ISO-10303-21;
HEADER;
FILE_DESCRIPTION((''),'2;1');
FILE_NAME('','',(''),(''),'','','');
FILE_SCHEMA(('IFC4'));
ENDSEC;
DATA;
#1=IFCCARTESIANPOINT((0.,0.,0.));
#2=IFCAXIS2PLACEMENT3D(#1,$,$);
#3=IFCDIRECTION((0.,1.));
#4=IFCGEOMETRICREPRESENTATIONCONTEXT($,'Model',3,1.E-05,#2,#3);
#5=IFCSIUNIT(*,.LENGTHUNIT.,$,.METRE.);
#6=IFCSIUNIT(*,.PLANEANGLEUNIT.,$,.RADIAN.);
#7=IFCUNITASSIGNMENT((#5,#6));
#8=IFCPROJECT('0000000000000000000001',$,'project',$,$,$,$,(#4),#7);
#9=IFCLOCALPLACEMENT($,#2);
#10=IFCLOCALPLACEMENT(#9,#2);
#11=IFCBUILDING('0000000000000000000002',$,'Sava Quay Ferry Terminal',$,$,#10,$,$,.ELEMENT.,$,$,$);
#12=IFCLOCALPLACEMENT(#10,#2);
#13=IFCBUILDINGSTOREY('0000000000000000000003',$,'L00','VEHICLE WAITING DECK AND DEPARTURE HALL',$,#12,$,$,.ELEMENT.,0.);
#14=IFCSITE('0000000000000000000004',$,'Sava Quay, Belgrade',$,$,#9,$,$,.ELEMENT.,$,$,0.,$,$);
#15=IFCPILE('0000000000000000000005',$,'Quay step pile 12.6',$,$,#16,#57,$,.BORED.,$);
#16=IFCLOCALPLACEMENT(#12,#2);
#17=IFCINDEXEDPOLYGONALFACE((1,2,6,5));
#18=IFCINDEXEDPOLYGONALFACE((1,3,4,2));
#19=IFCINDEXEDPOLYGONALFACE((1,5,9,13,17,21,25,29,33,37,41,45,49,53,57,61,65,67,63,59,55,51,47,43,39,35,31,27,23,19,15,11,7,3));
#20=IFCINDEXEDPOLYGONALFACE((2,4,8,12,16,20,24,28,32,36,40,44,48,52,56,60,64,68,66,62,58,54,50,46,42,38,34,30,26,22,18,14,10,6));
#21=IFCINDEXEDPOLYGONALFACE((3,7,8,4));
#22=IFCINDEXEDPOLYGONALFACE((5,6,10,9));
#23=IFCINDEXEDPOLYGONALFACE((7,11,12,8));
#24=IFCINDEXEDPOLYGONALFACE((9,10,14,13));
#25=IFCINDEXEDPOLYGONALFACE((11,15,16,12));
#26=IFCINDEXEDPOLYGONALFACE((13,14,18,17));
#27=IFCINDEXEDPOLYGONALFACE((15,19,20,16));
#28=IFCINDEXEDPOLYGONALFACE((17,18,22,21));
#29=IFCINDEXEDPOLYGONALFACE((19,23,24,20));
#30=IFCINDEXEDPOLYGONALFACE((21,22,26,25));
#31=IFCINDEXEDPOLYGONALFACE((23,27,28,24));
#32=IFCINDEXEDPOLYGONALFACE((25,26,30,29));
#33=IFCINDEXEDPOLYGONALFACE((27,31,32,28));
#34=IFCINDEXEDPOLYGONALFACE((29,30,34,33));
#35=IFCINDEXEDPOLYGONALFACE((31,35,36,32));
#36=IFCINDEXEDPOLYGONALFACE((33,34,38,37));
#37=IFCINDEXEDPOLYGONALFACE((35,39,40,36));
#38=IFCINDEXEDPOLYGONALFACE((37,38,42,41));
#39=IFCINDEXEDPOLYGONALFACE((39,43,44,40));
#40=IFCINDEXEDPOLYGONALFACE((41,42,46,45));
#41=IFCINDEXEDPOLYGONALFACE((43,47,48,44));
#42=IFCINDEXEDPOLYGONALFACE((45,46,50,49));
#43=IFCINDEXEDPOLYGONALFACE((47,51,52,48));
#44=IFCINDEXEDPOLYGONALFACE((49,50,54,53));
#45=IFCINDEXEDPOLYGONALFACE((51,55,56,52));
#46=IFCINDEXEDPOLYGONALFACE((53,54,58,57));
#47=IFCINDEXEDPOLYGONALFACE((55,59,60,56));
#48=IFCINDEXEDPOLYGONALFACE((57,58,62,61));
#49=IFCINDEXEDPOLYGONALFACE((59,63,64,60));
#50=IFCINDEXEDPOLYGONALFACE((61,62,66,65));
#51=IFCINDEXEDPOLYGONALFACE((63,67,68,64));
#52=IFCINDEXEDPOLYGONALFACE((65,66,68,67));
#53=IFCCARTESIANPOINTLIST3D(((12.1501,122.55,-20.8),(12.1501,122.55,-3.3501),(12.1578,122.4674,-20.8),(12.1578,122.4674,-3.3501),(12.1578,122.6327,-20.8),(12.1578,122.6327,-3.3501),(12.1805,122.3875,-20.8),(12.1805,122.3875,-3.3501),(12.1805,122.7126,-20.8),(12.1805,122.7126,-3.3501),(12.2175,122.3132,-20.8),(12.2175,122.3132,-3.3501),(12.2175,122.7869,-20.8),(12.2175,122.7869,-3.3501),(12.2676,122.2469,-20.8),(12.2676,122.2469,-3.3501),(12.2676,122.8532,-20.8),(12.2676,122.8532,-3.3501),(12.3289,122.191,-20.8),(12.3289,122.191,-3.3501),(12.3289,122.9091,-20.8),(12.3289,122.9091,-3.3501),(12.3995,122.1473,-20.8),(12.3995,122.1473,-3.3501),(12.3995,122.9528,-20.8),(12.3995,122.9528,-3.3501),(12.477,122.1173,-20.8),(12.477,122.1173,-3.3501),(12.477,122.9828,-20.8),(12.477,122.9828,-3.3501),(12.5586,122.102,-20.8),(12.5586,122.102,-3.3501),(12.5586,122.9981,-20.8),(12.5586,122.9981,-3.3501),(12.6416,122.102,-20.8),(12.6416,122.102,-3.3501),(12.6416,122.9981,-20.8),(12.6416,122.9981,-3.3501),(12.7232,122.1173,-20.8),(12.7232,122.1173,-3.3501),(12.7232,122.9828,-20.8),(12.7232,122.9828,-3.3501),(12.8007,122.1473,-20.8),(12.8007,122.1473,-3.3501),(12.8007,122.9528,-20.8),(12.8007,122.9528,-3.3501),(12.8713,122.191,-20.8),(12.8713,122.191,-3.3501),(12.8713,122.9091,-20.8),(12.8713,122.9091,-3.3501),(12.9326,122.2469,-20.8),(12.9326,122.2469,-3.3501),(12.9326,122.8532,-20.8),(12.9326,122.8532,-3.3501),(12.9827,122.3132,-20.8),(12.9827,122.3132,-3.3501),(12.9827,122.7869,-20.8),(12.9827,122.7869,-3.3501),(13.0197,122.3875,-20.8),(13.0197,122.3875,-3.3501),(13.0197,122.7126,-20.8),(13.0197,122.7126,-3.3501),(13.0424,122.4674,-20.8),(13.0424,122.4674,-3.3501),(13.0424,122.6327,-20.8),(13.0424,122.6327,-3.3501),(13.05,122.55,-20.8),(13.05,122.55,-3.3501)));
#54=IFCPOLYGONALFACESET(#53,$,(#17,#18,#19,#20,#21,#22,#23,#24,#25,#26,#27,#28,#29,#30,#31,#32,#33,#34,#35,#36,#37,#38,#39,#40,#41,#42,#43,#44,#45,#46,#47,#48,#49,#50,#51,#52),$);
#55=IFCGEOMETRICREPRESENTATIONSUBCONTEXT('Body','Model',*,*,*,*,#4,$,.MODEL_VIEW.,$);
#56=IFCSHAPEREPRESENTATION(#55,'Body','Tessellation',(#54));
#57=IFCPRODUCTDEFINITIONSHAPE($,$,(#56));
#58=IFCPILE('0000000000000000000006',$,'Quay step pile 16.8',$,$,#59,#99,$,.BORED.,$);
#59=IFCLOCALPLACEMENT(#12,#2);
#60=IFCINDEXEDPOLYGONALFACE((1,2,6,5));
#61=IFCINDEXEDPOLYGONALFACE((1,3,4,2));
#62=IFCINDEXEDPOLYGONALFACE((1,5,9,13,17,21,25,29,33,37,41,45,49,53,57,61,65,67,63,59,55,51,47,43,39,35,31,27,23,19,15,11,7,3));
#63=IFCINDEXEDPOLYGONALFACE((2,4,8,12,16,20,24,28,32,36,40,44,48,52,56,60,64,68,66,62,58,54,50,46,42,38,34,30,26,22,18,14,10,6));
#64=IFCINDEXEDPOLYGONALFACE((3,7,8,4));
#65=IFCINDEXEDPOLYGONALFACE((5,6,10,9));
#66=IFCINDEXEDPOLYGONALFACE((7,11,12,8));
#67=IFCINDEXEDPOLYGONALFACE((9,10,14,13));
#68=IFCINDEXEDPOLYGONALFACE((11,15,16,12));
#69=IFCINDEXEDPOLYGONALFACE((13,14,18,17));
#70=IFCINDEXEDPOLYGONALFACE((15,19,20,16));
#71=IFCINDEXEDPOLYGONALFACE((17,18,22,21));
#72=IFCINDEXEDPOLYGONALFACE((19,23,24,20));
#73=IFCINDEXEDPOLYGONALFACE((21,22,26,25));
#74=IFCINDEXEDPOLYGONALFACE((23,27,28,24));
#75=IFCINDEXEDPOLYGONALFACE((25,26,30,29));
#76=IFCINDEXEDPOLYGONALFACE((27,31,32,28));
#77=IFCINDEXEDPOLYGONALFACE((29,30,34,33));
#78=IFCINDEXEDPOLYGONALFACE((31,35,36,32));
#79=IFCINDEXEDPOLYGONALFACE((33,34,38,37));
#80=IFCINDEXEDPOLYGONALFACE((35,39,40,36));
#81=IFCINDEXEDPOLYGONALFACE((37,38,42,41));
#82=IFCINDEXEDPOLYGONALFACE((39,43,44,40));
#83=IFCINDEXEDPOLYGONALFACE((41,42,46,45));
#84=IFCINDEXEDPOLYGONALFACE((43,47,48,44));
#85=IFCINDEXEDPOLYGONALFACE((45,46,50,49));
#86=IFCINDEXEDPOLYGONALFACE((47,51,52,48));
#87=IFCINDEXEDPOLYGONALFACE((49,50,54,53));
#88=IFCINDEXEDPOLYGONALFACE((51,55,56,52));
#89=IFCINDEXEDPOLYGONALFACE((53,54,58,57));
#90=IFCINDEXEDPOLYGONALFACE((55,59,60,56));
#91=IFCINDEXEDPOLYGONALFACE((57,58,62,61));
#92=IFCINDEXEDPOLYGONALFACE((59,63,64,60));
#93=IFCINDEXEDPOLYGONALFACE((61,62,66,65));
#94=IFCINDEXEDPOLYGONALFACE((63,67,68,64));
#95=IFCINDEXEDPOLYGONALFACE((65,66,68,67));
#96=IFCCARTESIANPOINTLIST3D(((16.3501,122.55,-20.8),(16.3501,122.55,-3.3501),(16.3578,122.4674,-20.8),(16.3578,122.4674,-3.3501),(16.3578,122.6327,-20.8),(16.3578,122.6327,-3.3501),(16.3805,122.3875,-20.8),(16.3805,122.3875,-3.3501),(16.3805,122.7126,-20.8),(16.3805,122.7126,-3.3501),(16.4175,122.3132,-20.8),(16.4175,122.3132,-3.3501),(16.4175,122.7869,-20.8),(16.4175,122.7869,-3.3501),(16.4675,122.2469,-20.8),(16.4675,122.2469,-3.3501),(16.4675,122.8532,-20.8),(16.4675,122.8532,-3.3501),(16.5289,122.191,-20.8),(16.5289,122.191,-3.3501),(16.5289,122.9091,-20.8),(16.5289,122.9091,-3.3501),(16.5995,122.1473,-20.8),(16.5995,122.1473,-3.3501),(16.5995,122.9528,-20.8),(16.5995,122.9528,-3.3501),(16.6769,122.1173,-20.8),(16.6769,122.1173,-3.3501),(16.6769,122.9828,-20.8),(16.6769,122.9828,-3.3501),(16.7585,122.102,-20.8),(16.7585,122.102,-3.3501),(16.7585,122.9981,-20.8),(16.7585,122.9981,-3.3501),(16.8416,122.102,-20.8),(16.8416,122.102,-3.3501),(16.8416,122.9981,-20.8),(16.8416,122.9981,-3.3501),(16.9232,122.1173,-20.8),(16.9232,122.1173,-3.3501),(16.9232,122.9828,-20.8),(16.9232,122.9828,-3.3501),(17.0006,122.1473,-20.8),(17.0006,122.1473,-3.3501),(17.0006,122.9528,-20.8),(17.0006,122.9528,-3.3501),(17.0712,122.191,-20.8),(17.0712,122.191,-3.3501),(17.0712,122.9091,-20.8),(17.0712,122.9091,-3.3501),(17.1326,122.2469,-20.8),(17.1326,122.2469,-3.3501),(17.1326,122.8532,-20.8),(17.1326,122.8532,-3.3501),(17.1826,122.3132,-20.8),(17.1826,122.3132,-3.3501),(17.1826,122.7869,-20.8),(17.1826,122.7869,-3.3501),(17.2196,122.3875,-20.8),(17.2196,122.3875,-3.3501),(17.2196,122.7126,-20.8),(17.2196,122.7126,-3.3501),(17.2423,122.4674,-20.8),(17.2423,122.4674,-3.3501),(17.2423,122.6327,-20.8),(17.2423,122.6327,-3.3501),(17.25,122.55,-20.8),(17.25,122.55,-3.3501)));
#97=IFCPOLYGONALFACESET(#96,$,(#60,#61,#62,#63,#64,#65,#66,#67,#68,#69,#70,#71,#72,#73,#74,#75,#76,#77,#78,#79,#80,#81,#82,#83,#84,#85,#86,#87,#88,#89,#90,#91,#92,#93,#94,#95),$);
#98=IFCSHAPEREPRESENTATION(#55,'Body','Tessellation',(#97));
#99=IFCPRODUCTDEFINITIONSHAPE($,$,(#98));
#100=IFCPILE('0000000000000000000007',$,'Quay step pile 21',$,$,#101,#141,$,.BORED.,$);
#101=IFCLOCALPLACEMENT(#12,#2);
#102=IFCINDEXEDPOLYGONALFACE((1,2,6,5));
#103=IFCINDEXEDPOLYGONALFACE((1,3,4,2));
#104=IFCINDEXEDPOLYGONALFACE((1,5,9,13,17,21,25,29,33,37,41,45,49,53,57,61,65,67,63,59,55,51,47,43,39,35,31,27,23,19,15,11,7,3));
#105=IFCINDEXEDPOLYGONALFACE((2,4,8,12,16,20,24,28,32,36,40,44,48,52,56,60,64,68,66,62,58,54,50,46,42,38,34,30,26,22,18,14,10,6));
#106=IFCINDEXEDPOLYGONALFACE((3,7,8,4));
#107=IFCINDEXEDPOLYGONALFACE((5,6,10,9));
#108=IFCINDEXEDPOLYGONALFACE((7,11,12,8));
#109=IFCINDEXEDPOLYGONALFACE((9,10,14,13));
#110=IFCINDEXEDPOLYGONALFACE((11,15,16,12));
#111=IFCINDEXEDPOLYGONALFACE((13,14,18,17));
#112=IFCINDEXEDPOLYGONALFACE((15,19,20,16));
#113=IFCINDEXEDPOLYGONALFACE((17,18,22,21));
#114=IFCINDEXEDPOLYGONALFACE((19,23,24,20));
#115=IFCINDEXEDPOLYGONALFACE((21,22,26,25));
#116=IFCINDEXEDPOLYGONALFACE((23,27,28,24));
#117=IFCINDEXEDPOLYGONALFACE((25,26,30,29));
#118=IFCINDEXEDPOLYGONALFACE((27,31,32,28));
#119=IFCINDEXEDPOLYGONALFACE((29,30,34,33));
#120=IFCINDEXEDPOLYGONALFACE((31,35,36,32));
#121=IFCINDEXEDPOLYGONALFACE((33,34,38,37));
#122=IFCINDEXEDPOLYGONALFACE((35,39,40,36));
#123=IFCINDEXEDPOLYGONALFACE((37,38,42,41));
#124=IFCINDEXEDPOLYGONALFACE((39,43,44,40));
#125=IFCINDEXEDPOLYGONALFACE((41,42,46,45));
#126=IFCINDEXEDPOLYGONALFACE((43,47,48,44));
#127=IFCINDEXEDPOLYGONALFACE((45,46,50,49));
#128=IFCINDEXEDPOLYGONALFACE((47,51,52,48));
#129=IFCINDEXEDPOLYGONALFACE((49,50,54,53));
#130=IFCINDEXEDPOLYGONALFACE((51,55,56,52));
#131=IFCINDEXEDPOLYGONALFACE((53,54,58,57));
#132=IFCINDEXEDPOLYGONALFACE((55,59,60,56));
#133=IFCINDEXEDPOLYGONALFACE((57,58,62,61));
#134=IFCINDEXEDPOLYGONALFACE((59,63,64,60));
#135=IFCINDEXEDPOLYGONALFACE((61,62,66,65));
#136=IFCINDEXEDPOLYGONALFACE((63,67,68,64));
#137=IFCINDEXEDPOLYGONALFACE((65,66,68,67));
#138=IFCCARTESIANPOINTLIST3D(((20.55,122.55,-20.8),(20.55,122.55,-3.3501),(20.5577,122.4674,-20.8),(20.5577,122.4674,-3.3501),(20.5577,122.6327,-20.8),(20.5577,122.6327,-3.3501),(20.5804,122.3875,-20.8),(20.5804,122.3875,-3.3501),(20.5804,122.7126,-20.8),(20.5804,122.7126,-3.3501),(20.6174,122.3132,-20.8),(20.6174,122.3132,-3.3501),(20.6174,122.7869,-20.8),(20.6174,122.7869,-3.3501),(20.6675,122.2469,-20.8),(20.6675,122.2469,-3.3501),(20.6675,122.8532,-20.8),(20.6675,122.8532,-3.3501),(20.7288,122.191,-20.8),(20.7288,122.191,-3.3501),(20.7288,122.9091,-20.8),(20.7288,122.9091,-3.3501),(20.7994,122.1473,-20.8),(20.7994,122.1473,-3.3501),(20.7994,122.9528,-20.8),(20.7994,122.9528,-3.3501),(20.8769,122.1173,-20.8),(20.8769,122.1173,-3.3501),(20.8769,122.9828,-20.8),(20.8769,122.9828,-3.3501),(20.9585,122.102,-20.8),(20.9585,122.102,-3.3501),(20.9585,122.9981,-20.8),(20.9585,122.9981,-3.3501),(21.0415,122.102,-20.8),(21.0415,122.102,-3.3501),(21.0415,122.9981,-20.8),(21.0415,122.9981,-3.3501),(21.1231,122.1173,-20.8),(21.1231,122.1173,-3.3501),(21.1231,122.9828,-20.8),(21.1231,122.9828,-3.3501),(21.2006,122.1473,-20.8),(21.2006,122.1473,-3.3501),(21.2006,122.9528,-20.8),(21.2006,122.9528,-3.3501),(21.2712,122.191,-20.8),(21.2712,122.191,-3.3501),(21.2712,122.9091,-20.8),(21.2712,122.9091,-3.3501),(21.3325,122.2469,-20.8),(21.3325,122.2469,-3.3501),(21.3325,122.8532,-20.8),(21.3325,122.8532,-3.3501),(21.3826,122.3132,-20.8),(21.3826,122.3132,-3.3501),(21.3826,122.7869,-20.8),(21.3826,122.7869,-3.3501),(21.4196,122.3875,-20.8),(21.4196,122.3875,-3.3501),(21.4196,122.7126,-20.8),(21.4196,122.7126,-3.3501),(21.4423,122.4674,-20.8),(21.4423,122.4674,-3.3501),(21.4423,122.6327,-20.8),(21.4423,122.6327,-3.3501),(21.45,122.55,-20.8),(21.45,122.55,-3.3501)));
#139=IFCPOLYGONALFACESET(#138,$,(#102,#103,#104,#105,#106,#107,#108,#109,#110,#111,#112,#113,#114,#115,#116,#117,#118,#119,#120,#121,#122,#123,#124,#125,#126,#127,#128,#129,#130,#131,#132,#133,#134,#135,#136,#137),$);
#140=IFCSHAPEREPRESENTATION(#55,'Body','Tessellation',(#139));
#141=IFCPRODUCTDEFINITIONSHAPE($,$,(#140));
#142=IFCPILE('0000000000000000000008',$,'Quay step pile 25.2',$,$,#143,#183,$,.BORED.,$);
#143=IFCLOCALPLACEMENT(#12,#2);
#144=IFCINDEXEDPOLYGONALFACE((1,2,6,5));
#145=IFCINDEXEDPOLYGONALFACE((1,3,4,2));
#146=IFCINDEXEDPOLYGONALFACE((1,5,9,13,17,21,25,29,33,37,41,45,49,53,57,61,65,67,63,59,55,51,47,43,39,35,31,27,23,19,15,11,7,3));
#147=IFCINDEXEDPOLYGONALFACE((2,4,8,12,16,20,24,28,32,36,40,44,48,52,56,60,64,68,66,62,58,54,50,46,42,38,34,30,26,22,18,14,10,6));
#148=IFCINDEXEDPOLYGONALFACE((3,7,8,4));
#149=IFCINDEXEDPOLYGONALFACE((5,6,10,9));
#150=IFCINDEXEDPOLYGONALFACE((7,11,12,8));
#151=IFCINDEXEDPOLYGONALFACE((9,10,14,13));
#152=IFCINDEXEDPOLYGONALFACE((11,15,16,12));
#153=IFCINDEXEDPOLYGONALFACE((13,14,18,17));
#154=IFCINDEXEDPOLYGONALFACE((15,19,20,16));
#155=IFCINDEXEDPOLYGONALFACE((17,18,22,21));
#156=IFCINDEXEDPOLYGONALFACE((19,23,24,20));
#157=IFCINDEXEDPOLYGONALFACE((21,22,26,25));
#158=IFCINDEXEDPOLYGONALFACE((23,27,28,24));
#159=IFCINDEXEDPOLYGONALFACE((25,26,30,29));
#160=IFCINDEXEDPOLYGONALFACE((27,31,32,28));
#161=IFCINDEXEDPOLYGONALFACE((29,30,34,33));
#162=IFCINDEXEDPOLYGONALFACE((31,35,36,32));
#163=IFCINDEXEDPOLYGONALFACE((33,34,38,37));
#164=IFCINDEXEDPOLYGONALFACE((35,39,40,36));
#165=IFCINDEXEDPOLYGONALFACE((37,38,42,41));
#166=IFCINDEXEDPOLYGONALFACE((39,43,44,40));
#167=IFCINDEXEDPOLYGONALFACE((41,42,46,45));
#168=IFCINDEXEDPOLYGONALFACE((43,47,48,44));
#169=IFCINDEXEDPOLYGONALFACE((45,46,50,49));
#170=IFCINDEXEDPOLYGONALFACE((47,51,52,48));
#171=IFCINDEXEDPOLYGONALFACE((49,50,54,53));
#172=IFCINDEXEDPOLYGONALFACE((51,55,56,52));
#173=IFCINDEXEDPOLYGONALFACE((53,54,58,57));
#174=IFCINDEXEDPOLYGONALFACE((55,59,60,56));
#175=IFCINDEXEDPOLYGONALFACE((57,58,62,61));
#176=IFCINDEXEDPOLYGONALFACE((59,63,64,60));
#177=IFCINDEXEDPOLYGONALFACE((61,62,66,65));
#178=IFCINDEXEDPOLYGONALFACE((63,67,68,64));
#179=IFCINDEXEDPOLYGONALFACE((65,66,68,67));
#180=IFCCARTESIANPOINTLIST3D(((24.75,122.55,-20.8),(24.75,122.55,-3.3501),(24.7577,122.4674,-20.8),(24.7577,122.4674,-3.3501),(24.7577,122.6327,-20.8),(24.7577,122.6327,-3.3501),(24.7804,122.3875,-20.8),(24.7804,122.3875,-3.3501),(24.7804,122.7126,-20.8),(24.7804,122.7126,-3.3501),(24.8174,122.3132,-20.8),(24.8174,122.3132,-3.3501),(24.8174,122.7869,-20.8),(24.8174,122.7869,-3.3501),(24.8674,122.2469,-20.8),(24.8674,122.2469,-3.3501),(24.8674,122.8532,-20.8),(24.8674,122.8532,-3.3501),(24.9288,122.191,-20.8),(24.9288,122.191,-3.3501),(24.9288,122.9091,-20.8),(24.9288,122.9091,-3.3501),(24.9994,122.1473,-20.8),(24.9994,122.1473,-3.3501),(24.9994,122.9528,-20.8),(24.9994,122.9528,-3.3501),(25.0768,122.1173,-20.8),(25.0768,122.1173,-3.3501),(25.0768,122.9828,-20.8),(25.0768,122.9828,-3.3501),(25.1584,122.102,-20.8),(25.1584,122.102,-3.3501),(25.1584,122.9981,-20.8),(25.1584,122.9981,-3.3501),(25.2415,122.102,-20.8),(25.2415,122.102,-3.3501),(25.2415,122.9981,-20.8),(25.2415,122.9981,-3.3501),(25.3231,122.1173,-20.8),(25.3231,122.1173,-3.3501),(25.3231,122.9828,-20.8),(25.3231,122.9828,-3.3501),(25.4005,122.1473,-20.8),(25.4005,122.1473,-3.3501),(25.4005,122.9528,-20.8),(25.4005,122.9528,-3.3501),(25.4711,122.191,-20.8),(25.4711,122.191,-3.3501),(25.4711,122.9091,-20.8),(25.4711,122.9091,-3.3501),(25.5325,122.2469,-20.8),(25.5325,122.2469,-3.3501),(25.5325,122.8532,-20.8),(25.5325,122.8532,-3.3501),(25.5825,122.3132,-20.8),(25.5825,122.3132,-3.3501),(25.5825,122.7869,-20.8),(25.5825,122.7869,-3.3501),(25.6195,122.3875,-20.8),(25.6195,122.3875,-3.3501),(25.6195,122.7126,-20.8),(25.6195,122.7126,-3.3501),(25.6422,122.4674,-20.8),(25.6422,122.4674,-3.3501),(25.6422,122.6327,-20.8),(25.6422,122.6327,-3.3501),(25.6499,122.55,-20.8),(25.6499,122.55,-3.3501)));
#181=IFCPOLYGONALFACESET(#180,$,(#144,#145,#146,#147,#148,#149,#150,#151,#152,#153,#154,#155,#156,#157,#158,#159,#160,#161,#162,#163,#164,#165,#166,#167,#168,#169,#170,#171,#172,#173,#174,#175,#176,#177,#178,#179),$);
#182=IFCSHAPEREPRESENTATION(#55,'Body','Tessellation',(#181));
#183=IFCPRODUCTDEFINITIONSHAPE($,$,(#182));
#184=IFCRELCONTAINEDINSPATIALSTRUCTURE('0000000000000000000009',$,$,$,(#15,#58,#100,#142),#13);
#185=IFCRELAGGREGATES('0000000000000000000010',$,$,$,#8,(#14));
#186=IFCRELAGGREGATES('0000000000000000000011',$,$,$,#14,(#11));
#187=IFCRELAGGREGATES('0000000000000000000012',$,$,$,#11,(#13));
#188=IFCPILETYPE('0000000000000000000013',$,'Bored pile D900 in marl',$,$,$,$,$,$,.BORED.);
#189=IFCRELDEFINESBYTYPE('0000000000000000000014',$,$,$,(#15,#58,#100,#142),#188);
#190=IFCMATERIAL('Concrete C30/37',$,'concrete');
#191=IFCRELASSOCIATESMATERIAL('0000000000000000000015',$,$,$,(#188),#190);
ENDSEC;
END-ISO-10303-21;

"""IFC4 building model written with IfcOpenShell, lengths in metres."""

from ifc_helpers import new_model, si_unit, direction, frame, origin, origin_2d, place, context, subcontext, project, spatial, circle, extrude, material, material_profile, profile_set, type_object, element, save


model = new_model("IFC4")

# Units and contexts
model_context = context("Model", 3, precision=1e-05, world=origin(), true_north=direction((0.0, 1.0)))
body_context = subcontext(model_context, "Body", "Model", "MODEL_VIEW")
ifc_project = project(units=[si_unit("LENGTHUNIT", "METRE"), si_unit("PLANEANGLEUNIT", "RADIAN")], contexts=[model_context])

# Site, building, storey
site_placement = place(None, origin())
site = spatial("IfcSite", under=ifc_project, at=site_placement, Name="Sava Quay, Belgrade", CompositionType="ELEMENT", RefElevation=0.0)
building_placement = place(site_placement, origin())
building = spatial("IfcBuilding", under=site, at=building_placement, Name="Sava Quay Ferry Terminal", CompositionType="ELEMENT")
storey_placement = place(building_placement, origin())
storey = spatial("IfcBuildingStorey", under=building, at=storey_placement, Name="L00", Description="VEHICLE WAITING DECK AND DEPARTURE HALL", CompositionType="ELEMENT", Elevation=0.0)

# Piles
ifc_material_1 = material(Name="Concrete C30/37", Category="concrete")
ifc_material_profile = material_profile(ifc_material_1, circle(Radius=0.45, at=origin_2d()), Name="Bored pile D900 in marl")
ifc_profile_set = profile_set([ifc_material_profile], Name="Concrete C30/37")
pile_type = type_object("IfcPileType", Name="Bored pile D900 in marl", PredefinedType="BORED", material=ifc_profile_set)
for number, where, z_axis, x_axis, name in (
    (1, (12.6001, 122.55, -3.3501), (0.0, 0.0, -1.0), (1.0, 0.0, 0.0), "Quay step pile 12.6"),
    (2, (16.8, 122.55, -3.3501), (0.0, 0.0, -1.0), (1.0, 0.0, 0.0), "Quay step pile 16.8"),
    (3, (21.0, 122.55, -3.3501), (0.0, 0.0, -1.0), (1.0, 0.0, 0.0), "Quay step pile 21"),
    (4, (25.2, 122.55, -3.3501), (0.0, 0.0, -1.0), (1.0, 0.0, 0.0), "Quay step pile 25.2"),
):
    element("IfcPile", number, at=place(storey_placement, frame(where, z_axis=z_axis, x_axis=x_axis)), inside=storey, type_object=pile_type, Name=name, PredefinedType="BORED", context=body_context, shape_type="SweptSolid", body=[
        extrude(circle(Radius=0.45, at=origin_2d()), origin(), (0.0, 0.0, 1.0), 17.45),
    ])

save(model, "model.ifc")
